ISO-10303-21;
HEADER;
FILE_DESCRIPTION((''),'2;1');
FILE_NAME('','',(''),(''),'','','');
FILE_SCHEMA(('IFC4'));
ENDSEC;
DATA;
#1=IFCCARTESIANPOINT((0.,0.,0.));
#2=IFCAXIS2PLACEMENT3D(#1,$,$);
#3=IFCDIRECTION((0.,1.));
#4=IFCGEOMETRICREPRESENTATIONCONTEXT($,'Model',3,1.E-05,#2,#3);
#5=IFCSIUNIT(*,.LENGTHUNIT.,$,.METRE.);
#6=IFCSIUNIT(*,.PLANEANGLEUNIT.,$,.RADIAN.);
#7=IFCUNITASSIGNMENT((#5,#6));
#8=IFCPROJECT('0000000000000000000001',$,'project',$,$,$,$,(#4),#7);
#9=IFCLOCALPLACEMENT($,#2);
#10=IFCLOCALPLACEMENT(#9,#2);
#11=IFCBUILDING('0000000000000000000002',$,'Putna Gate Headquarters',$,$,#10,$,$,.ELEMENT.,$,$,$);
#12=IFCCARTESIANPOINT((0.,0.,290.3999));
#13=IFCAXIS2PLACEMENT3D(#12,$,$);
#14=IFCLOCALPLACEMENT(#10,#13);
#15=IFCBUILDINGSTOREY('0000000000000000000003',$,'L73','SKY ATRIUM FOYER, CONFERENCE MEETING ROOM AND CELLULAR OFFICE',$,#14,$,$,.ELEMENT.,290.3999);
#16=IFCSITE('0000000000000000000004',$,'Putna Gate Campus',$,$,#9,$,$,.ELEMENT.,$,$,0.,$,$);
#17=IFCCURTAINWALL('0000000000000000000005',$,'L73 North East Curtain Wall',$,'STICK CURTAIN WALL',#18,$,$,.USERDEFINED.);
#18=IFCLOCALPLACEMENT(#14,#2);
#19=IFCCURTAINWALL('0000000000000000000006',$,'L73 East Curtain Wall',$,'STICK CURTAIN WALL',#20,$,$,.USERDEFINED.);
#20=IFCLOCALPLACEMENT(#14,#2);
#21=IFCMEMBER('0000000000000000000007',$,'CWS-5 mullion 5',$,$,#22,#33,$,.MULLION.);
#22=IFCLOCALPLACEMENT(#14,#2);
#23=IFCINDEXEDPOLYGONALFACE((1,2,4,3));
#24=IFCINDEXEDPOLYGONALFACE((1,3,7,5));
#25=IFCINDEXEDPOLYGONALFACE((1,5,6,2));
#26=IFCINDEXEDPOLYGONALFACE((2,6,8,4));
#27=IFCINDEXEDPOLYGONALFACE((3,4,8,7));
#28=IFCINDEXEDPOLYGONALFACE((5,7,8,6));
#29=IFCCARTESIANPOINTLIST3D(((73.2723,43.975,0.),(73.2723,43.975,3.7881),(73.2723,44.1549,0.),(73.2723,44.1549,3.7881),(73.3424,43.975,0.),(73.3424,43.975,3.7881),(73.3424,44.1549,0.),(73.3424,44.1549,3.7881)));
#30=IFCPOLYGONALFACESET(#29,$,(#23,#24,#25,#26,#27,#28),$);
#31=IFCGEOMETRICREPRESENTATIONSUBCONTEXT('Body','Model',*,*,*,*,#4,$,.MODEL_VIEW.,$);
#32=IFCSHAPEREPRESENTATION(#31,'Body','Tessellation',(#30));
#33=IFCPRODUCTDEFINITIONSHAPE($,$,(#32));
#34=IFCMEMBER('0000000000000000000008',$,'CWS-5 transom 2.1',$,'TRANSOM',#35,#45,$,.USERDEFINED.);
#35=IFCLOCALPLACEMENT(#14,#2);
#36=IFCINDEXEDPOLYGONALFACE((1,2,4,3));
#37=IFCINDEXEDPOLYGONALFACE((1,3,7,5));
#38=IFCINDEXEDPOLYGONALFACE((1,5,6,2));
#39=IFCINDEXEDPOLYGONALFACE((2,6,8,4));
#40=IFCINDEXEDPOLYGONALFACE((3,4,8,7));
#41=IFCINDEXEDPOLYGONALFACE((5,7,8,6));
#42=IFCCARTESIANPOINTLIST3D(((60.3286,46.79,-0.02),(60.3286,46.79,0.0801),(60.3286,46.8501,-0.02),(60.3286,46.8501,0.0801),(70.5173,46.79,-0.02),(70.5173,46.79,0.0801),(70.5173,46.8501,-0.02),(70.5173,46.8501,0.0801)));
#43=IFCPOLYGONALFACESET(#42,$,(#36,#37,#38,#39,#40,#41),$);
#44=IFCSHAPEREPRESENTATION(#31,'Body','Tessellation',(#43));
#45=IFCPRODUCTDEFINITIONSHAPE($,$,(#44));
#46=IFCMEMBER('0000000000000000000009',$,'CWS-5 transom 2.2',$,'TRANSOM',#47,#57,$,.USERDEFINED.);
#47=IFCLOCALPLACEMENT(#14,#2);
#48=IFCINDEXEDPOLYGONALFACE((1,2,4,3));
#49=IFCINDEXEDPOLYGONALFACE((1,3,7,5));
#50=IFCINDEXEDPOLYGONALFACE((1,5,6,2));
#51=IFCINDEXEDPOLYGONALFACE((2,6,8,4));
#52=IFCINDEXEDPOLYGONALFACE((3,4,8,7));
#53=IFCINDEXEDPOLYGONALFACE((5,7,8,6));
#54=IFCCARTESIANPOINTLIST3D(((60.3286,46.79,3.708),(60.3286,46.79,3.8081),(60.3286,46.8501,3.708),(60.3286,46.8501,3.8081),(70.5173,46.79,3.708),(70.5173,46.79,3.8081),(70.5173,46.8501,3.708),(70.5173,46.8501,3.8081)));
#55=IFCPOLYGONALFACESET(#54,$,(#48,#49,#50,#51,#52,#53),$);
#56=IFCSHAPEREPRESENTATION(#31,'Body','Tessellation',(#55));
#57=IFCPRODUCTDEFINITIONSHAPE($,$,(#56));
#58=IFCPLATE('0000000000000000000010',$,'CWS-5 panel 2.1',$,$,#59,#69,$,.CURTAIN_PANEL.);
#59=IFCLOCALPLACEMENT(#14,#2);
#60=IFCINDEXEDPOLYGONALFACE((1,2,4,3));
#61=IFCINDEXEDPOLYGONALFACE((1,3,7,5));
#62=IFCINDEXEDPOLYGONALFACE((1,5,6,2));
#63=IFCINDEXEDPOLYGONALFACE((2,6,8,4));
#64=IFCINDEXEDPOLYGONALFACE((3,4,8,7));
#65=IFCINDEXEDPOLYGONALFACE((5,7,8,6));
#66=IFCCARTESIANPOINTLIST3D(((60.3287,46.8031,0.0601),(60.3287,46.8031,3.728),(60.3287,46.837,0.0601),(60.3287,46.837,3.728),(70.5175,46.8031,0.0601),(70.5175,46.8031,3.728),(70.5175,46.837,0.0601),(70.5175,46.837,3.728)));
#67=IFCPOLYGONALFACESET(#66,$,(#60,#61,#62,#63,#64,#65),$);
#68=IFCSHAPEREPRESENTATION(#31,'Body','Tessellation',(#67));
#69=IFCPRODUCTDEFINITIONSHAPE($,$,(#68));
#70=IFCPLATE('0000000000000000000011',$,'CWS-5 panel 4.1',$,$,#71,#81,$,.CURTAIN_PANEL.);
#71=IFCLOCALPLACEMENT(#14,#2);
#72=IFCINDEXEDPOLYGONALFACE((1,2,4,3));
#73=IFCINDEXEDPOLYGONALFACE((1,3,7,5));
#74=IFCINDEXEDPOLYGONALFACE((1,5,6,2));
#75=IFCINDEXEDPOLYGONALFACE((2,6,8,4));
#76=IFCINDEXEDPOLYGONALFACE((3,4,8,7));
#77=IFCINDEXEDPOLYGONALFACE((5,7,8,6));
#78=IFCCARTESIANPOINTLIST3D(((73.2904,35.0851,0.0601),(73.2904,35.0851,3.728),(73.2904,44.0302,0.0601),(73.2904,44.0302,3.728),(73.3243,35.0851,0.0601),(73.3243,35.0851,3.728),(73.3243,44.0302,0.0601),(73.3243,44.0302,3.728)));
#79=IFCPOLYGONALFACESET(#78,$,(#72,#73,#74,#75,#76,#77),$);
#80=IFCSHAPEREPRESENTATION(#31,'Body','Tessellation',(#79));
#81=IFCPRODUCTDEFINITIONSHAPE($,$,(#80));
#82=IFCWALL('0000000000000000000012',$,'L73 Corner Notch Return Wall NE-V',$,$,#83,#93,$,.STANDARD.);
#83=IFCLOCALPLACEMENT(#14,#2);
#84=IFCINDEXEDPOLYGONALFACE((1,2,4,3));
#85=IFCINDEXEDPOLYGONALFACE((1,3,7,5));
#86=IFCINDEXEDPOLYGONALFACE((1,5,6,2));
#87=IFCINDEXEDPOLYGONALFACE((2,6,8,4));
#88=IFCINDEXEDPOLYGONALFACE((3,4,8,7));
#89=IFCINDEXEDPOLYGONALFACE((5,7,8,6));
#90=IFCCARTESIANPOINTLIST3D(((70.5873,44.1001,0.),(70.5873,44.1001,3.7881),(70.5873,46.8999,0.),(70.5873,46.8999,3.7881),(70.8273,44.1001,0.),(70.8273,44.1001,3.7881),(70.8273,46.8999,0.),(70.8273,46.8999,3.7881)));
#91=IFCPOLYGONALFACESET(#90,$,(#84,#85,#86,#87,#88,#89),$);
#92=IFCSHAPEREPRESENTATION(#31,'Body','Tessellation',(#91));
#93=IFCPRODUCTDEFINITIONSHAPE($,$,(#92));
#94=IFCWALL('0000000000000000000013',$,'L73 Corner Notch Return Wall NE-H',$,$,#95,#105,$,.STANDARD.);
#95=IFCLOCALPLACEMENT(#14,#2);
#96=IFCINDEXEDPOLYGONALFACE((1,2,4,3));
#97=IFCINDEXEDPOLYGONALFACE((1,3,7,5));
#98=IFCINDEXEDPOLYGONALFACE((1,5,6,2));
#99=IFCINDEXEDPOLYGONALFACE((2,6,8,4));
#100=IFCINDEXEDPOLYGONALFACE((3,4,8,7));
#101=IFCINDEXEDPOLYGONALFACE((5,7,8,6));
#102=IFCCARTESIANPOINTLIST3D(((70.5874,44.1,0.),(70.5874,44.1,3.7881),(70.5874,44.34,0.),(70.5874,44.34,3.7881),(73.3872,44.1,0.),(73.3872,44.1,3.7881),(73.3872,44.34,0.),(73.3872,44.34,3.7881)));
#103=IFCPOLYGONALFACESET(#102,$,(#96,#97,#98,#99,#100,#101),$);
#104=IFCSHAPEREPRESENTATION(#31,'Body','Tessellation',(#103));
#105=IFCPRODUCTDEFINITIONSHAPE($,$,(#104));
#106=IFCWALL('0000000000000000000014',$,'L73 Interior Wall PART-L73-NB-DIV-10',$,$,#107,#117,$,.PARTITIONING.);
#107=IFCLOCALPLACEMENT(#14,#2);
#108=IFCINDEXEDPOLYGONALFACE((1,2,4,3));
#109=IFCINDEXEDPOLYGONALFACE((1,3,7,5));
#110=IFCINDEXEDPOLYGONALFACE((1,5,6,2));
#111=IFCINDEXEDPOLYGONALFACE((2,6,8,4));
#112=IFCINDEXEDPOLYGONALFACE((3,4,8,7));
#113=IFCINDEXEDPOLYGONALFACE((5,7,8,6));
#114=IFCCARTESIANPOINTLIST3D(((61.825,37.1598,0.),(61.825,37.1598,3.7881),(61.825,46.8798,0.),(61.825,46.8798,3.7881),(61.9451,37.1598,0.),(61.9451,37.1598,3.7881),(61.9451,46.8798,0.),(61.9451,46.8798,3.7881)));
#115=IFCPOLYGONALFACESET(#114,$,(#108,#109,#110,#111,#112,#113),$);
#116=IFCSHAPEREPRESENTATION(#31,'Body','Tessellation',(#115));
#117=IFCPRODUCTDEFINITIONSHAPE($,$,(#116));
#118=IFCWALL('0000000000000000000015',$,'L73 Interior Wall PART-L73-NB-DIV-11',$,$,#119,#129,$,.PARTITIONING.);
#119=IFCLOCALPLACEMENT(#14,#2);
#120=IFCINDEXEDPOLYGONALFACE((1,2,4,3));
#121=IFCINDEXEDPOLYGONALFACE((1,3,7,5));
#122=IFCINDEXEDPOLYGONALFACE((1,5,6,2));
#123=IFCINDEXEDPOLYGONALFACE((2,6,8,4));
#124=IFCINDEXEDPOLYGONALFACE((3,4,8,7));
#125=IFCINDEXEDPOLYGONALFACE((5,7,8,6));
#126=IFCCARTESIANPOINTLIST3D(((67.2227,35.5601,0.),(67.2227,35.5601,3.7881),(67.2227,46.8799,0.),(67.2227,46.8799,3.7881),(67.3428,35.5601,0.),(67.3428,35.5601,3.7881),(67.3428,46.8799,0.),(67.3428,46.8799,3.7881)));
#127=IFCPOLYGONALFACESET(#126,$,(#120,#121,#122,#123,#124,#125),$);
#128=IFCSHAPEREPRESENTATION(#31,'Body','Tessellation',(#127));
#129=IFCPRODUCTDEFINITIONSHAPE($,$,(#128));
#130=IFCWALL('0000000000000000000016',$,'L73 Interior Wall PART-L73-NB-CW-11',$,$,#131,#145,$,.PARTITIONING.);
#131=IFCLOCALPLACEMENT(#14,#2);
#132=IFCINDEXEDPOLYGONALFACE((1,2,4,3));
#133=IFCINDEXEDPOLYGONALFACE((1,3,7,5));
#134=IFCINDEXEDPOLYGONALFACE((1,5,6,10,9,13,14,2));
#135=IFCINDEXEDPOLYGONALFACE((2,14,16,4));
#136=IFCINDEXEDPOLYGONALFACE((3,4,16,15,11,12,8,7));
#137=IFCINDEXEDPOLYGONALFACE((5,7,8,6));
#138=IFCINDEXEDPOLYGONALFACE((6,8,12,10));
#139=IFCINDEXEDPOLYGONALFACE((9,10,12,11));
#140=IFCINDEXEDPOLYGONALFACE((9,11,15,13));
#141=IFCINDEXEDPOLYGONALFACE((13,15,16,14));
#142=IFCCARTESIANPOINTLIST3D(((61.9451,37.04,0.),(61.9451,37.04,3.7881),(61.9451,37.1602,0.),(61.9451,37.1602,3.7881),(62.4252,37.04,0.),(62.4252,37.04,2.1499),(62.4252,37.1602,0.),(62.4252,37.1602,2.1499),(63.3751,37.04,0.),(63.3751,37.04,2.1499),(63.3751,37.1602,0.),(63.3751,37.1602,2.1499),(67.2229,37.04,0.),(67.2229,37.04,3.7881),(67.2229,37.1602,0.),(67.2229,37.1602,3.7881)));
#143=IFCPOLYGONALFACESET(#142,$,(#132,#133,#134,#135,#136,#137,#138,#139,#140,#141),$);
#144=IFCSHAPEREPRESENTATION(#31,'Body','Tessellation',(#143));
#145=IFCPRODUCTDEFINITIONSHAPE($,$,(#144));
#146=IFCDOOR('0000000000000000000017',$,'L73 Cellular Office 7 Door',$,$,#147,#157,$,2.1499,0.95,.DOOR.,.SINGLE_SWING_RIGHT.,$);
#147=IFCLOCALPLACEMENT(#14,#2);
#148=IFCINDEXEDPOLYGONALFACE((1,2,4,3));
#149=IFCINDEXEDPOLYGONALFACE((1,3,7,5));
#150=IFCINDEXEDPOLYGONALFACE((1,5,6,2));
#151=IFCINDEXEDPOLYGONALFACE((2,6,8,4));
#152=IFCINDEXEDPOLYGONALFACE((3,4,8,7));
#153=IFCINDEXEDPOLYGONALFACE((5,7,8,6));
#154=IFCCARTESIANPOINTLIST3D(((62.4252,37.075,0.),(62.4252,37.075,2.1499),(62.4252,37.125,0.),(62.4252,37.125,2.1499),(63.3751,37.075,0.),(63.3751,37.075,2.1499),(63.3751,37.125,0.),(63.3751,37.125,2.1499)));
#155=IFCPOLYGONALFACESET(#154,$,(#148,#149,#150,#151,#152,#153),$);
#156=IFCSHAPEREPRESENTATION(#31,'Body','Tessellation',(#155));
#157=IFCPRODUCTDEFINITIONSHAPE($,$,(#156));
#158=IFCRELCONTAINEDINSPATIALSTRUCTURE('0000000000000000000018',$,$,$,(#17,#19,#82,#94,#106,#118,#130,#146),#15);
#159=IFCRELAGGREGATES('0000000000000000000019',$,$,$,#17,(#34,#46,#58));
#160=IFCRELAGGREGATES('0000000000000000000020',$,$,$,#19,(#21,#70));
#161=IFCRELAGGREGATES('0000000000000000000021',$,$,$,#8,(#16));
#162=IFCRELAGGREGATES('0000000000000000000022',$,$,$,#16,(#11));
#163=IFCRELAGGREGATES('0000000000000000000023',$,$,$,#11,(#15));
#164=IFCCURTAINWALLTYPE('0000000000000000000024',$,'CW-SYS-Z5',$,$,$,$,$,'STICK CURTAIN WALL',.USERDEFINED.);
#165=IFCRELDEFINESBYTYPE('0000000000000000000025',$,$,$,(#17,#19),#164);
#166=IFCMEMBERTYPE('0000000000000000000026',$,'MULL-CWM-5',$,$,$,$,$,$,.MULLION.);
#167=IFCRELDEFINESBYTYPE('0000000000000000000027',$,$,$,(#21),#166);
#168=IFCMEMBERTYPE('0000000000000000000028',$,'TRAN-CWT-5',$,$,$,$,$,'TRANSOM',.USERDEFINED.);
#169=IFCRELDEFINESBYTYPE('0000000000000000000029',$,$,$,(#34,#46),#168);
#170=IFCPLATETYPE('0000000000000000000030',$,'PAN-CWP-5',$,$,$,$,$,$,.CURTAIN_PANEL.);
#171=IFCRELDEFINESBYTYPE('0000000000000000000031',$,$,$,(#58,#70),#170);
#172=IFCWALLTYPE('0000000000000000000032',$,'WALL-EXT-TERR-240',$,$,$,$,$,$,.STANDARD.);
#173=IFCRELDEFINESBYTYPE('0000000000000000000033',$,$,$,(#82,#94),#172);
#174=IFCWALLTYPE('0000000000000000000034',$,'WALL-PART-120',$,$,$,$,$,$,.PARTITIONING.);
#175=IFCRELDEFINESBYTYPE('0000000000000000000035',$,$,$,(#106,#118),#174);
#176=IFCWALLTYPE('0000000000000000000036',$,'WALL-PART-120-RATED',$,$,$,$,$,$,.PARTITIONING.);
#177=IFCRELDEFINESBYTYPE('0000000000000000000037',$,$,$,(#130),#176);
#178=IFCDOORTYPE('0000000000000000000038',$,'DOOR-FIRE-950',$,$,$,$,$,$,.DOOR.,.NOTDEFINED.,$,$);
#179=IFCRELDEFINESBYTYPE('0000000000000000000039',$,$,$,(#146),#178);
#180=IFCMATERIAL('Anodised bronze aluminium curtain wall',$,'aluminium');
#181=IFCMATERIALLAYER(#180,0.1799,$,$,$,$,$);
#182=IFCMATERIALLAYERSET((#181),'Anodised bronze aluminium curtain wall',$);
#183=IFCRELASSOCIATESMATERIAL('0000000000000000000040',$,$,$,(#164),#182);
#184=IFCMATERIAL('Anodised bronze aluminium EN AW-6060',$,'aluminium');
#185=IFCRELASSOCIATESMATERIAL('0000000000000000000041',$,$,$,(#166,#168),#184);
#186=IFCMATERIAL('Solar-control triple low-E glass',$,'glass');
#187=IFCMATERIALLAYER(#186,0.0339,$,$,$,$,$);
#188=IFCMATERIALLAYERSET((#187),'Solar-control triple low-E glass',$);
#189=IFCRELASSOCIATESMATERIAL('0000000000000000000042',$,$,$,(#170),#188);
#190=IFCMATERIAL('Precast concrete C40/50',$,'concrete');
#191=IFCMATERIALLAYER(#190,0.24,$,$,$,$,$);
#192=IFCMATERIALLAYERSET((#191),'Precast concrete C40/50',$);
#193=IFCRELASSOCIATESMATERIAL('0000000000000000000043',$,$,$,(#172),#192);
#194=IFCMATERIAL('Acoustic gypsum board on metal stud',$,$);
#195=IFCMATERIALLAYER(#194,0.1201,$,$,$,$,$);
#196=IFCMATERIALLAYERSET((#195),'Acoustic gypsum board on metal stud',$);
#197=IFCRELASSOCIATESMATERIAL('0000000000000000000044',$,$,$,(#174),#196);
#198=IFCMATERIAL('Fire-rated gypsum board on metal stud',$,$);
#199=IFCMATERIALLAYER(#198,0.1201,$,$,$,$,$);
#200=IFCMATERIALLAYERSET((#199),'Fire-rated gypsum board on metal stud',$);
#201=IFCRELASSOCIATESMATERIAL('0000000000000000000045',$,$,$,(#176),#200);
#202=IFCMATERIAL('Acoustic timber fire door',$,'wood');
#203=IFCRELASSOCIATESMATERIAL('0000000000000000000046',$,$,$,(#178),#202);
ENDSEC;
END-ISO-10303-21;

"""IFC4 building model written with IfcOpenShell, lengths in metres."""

from ifc_helpers import new_model, si_unit, direction, frame, frame_2d, origin, origin_2d, place, context, subcontext, project, spatial, rectangle, extrude, material, layer, layer_set, material_profile, profile_set, type_object, element, fill, aggregate, save


model = new_model("IFC4")

# Units and contexts
model_context = context("Model", 3, precision=1e-05, world=origin(), true_north=direction((0.0, 1.0)))
body_context = subcontext(model_context, "Body", "Model", "MODEL_VIEW")
ifc_project = project(units=[si_unit("LENGTHUNIT", "METRE"), si_unit("PLANEANGLEUNIT", "RADIAN")], contexts=[model_context])

# Site, building, storey
site_placement = place(None, origin())
site = spatial("IfcSite", under=ifc_project, at=site_placement, Name="Putna Gate Campus", CompositionType="ELEMENT", RefElevation=0.0)
building_placement = place(site_placement, origin())
building = spatial("IfcBuilding", under=site, at=building_placement, Name="Putna Gate Headquarters", CompositionType="ELEMENT")
storey_placement = place(building_placement, frame((0.0, 0.0, 290.3999)))
storey = spatial("IfcBuildingStorey", under=building, at=storey_placement, Name="L73", Description="SKY ATRIUM FOYER, CONFERENCE MEETING ROOM AND CELLULAR OFFICE", CompositionType="ELEMENT", Elevation=290.3999)

# Curtain wall
ifc_material_1 = material(Name="Anodised bronze aluminium curtain wall", Category="aluminium")
ifc_layer_1 = layer(ifc_material_1, 0.1799)
ifc_layer_set_1 = layer_set([ifc_layer_1], Name="Anodised bronze aluminium curtain wall")
curtain_wall_type = type_object("IfcCurtainWallType", Name="CW-SYS-Z5", ElementType="STICK CURTAIN WALL", PredefinedType="USERDEFINED", material=ifc_layer_set_1)
curtain_wall_1_placement = place(storey_placement, origin())
curtain_wall_1 = element("IfcCurtainWall", 1, at=curtain_wall_1_placement, inside=storey, type_object=curtain_wall_type, Name="L73 North East Curtain Wall", ObjectType="STICK CURTAIN WALL", PredefinedType="USERDEFINED")
ifc_material_2 = material(Name="Anodised bronze aluminium EN AW-6060", Category="aluminium")
ifc_material_profile_1 = material_profile(ifc_material_2, rectangle(XDim=0.0701, YDim=0.1799, at=origin_2d()), Name="Anodised bronze aluminium EN AW-6060")
ifc_profile_set_1 = profile_set([ifc_material_profile_1], Name="Anodised bronze aluminium EN AW-6060")
member_type_1 = type_object("IfcMemberType", Name="MULL-CWM-5", PredefinedType="MULLION", material=ifc_profile_set_1)

# Curtain wall, member
curtain_wall_2_placement = place(storey_placement, origin())
curtain_wall_2 = element("IfcCurtainWall", 2, at=curtain_wall_2_placement, inside=storey, type_object=curtain_wall_type, Name="L73 East Curtain Wall", ObjectType="STICK CURTAIN WALL", PredefinedType="USERDEFINED")
member_1_placement = place(storey_placement, frame((73.3074, 44.0649, 0.0), z_axis=(0.0, 0.0, 1.0), x_axis=(-1.0, 0.0, 0.0)))
member_1 = element("IfcMember", 3, at=member_1_placement, type_object=member_type_1, Name="CWS-5 mullion 5", PredefinedType="MULLION", context=body_context, shape_type="SweptSolid", body=[
    extrude(rectangle(XDim=0.0701, YDim=0.1799, at=origin_2d()), origin(), (0.0, 0.0, 1.0), 3.7881),
])

# Members
ifc_material_profile_2 = material_profile(ifc_material_2, rectangle(XDim=0.0601, YDim=0.1001, at=origin_2d()), Name="Anodised bronze aluminium EN AW-6060")
ifc_profile_set_2 = profile_set([ifc_material_profile_2], Name="Anodised bronze aluminium EN AW-6060")
member_type_2 = type_object("IfcMemberType", Name="TRAN-CWT-5", ElementType="TRANSOM", PredefinedType="USERDEFINED", material=ifc_profile_set_2)
member_2_placement = place(storey_placement, frame((60.3286, 46.8201, 0.03), z_axis=(1.0, 0.0, 0.0), x_axis=(0.0, 1.0, 0.0)))
member_2 = element("IfcMember", 4, at=member_2_placement, type_object=member_type_2, Name="CWS-5 transom 2.1", ObjectType="TRANSOM", PredefinedType="USERDEFINED", context=body_context, shape_type="SweptSolid", body=[
    extrude(rectangle(XDim=0.0601, YDim=0.1001, at=origin_2d()), origin(), (0.0, 0.0, 1.0), 10.1887),
])
member_3_placement = place(storey_placement, frame((60.3286, 46.8201, 3.7581), z_axis=(1.0, 0.0, 0.0), x_axis=(0.0, 1.0, 0.0)))
member_3 = element("IfcMember", 5, at=member_3_placement, type_object=member_type_2, Name="CWS-5 transom 2.2", ObjectType="TRANSOM", PredefinedType="USERDEFINED", context=body_context, shape_type="SweptSolid", body=[
    extrude(rectangle(XDim=0.0601, YDim=0.1001, at=origin_2d()), origin(), (0.0, 0.0, 1.0), 10.1887),
])

# Plates
ifc_material_3 = material(Name="Solar-control triple low-E glass", Category="glass")
ifc_layer_2 = layer(ifc_material_3, 0.0339)
ifc_layer_set_2 = layer_set([ifc_layer_2], Name="Solar-control triple low-E glass")
plate_type = type_object("IfcPlateType", Name="PAN-CWP-5", PredefinedType="CURTAIN_PANEL", material=ifc_layer_set_2)
plate_1_placement = place(storey_placement, frame((65.4231, 46.8201, 0.0601), z_axis=(0.0, 0.0, 1.0), x_axis=(1.0, 0.0, 0.0)))
plate_1 = element("IfcPlate", 6, at=plate_1_placement, type_object=plate_type, Name="CWS-5 panel 2.1", PredefinedType="CURTAIN_PANEL", context=body_context, shape_type="SweptSolid", body=[
    extrude(rectangle(XDim=10.1887, YDim=0.0339, at=origin_2d()), origin(), (0.0, 0.0, 1.0), 3.668),
])
aggregate(curtain_wall_1, [member_2, member_3, plate_1])
plate_2_placement = place(storey_placement, frame((73.3074, 39.5576, 0.0601), z_axis=(0.0, 0.0, 1.0), x_axis=(0.0, 1.0, 0.0)))
plate_2 = element("IfcPlate", 7, at=plate_2_placement, type_object=plate_type, Name="CWS-5 panel 4.1", PredefinedType="CURTAIN_PANEL", context=body_context, shape_type="SweptSolid", body=[
    extrude(rectangle(XDim=8.9451, YDim=0.0339, at=origin_2d()), origin(), (0.0, 0.0, 1.0), 3.668),
])
aggregate(curtain_wall_2, [member_1, plate_2])

# Walls
ifc_material_4 = material(Name="Precast concrete C40/50", Category="concrete")
ifc_layer_3 = layer(ifc_material_4, 0.24)
ifc_layer_set_3 = layer_set([ifc_layer_3], Name="Precast concrete C40/50")
wall_type_1 = type_object("IfcWallType", Name="WALL-EXT-TERR-240", PredefinedType="STANDARD", material=ifc_layer_set_3)
for number, where, z_axis, x_axis, name in (
    (8, (70.7073, 46.8999, 0.0), (0.0, 0.0, 1.0), (0.0, -1.0, 0.0), "L73 Corner Notch Return Wall NE-V"),
    (9, (70.5874, 44.22, 0.0), (0.0, 0.0, 1.0), (1.0, 0.0, 0.0), "L73 Corner Notch Return Wall NE-H"),
):
    element("IfcWall", number, at=place(storey_placement, frame(where, z_axis=z_axis, x_axis=x_axis)), inside=storey, type_object=wall_type_1, Name=name, PredefinedType="STANDARD", context=body_context, shape_type="SweptSolid", body=[
        extrude(rectangle(XDim=2.7998, YDim=0.24, at=frame_2d((1.3999, 0.0))), origin(), (0.0, 0.0, 1.0), 3.7881),
    ])
ifc_material_5 = material(Name="Acoustic gypsum board on metal stud")
ifc_layer_4 = layer(ifc_material_5, 0.1201)
ifc_layer_set_4 = layer_set([ifc_layer_4], Name="Acoustic gypsum board on metal stud")
wall_type_2 = type_object("IfcWallType", Name="WALL-PART-120", PredefinedType="PARTITIONING", material=ifc_layer_set_4)
wall_1_placement = place(storey_placement, frame((61.885, 37.1599, 0.0), z_axis=(0.0, 0.0, 1.0), x_axis=(0.0, 1.0, 0.0)))
element("IfcWall", 10, at=wall_1_placement, inside=storey, type_object=wall_type_2, Name="L73 Interior Wall PART-L73-NB-DIV-10", PredefinedType="PARTITIONING", context=body_context, shape_type="SweptSolid", body=[
    extrude(rectangle(XDim=9.72, YDim=0.1201, at=frame_2d((4.8599, 0.0))), origin(), (0.0, 0.0, 1.0), 3.7881),
])
wall_2_placement = place(storey_placement, frame((67.2827, 35.5601, 0.0), z_axis=(0.0, 0.0, 1.0), x_axis=(0.0, 1.0, 0.0)))
element("IfcWall", 11, at=wall_2_placement, inside=storey, type_object=wall_type_2, Name="L73 Interior Wall PART-L73-NB-DIV-11", PredefinedType="PARTITIONING", context=body_context, shape_type="SweptSolid", body=[
    extrude(rectangle(XDim=11.3198, YDim=0.1201, at=frame_2d((5.6599, 0.0))), origin(), (0.0, 0.0, 1.0), 3.7881),
])

# Wall, opening, door
ifc_material_6 = material(Name="Fire-rated gypsum board on metal stud")
ifc_layer_5 = layer(ifc_material_6, 0.1201)
ifc_layer_set_5 = layer_set([ifc_layer_5], Name="Fire-rated gypsum board on metal stud")
wall_type_3 = type_object("IfcWallType", Name="WALL-PART-120-RATED", PredefinedType="PARTITIONING", material=ifc_layer_set_5)
wall_3_placement = place(storey_placement, frame((61.9451, 37.1001, 0.0), z_axis=(0.0, 0.0, 1.0), x_axis=(1.0, 0.0, 0.0)))
wall_3 = element("IfcWall", 12, at=wall_3_placement, inside=storey, type_object=wall_type_3, Name="L73 Interior Wall PART-L73-NB-CW-11", PredefinedType="PARTITIONING", context=body_context, shape_type="SweptSolid", body=[
    extrude(rectangle(XDim=5.2778, YDim=0.1201, at=frame_2d((2.6389, 0.0))), origin(), (0.0, 0.0, 1.0), 3.7881),
])
opening_1_placement = place(wall_3_placement, frame((0.48, 0.0, 0.0)))
opening_1 = element("IfcOpeningElement", 13, at=opening_1_placement, cuts=wall_3, PredefinedType="OPENING", context=body_context, shape_type="SweptSolid", body=[
    extrude(rectangle(XDim=0.95, YDim=2.1499, at=frame_2d((0.4751, 1.075))), frame((0.0, 0.0701, 0.0), z_axis=(0.0, -1.0, 0.0), x_axis=(1.0, 0.0, 0.0)), (0.0, 0.0, 1.0), 0.1401),
])
ifc_material_7 = material(Name="Acoustic timber fire door", Category="wood")
door_type = type_object("IfcDoorType", Name="DOOR-FIRE-950", OperationType="NOTDEFINED", PredefinedType="DOOR", material=ifc_material_7)
door_1_placement = place(opening_1_placement, origin())
door_1 = element("IfcDoor", 14, at=door_1_placement, inside=storey, type_object=door_type, Name="L73 Cellular Office 7 Door", OperationType="SINGLE_SWING_RIGHT", OverallHeight=2.1499, OverallWidth=0.95, PredefinedType="DOOR", context=body_context, shape_type="SweptSolid", body=[
    extrude(rectangle(XDim=0.95, YDim=2.1499, at=frame_2d((0.4751, 1.075))), frame((0.0, 0.0249, 0.0), z_axis=(0.0, -1.0, 0.0), x_axis=(1.0, 0.0, 0.0)), (0.0, 0.0, 1.0), 0.05),
])
fill(opening_1, door_1)

save(model, "model.ifc")
